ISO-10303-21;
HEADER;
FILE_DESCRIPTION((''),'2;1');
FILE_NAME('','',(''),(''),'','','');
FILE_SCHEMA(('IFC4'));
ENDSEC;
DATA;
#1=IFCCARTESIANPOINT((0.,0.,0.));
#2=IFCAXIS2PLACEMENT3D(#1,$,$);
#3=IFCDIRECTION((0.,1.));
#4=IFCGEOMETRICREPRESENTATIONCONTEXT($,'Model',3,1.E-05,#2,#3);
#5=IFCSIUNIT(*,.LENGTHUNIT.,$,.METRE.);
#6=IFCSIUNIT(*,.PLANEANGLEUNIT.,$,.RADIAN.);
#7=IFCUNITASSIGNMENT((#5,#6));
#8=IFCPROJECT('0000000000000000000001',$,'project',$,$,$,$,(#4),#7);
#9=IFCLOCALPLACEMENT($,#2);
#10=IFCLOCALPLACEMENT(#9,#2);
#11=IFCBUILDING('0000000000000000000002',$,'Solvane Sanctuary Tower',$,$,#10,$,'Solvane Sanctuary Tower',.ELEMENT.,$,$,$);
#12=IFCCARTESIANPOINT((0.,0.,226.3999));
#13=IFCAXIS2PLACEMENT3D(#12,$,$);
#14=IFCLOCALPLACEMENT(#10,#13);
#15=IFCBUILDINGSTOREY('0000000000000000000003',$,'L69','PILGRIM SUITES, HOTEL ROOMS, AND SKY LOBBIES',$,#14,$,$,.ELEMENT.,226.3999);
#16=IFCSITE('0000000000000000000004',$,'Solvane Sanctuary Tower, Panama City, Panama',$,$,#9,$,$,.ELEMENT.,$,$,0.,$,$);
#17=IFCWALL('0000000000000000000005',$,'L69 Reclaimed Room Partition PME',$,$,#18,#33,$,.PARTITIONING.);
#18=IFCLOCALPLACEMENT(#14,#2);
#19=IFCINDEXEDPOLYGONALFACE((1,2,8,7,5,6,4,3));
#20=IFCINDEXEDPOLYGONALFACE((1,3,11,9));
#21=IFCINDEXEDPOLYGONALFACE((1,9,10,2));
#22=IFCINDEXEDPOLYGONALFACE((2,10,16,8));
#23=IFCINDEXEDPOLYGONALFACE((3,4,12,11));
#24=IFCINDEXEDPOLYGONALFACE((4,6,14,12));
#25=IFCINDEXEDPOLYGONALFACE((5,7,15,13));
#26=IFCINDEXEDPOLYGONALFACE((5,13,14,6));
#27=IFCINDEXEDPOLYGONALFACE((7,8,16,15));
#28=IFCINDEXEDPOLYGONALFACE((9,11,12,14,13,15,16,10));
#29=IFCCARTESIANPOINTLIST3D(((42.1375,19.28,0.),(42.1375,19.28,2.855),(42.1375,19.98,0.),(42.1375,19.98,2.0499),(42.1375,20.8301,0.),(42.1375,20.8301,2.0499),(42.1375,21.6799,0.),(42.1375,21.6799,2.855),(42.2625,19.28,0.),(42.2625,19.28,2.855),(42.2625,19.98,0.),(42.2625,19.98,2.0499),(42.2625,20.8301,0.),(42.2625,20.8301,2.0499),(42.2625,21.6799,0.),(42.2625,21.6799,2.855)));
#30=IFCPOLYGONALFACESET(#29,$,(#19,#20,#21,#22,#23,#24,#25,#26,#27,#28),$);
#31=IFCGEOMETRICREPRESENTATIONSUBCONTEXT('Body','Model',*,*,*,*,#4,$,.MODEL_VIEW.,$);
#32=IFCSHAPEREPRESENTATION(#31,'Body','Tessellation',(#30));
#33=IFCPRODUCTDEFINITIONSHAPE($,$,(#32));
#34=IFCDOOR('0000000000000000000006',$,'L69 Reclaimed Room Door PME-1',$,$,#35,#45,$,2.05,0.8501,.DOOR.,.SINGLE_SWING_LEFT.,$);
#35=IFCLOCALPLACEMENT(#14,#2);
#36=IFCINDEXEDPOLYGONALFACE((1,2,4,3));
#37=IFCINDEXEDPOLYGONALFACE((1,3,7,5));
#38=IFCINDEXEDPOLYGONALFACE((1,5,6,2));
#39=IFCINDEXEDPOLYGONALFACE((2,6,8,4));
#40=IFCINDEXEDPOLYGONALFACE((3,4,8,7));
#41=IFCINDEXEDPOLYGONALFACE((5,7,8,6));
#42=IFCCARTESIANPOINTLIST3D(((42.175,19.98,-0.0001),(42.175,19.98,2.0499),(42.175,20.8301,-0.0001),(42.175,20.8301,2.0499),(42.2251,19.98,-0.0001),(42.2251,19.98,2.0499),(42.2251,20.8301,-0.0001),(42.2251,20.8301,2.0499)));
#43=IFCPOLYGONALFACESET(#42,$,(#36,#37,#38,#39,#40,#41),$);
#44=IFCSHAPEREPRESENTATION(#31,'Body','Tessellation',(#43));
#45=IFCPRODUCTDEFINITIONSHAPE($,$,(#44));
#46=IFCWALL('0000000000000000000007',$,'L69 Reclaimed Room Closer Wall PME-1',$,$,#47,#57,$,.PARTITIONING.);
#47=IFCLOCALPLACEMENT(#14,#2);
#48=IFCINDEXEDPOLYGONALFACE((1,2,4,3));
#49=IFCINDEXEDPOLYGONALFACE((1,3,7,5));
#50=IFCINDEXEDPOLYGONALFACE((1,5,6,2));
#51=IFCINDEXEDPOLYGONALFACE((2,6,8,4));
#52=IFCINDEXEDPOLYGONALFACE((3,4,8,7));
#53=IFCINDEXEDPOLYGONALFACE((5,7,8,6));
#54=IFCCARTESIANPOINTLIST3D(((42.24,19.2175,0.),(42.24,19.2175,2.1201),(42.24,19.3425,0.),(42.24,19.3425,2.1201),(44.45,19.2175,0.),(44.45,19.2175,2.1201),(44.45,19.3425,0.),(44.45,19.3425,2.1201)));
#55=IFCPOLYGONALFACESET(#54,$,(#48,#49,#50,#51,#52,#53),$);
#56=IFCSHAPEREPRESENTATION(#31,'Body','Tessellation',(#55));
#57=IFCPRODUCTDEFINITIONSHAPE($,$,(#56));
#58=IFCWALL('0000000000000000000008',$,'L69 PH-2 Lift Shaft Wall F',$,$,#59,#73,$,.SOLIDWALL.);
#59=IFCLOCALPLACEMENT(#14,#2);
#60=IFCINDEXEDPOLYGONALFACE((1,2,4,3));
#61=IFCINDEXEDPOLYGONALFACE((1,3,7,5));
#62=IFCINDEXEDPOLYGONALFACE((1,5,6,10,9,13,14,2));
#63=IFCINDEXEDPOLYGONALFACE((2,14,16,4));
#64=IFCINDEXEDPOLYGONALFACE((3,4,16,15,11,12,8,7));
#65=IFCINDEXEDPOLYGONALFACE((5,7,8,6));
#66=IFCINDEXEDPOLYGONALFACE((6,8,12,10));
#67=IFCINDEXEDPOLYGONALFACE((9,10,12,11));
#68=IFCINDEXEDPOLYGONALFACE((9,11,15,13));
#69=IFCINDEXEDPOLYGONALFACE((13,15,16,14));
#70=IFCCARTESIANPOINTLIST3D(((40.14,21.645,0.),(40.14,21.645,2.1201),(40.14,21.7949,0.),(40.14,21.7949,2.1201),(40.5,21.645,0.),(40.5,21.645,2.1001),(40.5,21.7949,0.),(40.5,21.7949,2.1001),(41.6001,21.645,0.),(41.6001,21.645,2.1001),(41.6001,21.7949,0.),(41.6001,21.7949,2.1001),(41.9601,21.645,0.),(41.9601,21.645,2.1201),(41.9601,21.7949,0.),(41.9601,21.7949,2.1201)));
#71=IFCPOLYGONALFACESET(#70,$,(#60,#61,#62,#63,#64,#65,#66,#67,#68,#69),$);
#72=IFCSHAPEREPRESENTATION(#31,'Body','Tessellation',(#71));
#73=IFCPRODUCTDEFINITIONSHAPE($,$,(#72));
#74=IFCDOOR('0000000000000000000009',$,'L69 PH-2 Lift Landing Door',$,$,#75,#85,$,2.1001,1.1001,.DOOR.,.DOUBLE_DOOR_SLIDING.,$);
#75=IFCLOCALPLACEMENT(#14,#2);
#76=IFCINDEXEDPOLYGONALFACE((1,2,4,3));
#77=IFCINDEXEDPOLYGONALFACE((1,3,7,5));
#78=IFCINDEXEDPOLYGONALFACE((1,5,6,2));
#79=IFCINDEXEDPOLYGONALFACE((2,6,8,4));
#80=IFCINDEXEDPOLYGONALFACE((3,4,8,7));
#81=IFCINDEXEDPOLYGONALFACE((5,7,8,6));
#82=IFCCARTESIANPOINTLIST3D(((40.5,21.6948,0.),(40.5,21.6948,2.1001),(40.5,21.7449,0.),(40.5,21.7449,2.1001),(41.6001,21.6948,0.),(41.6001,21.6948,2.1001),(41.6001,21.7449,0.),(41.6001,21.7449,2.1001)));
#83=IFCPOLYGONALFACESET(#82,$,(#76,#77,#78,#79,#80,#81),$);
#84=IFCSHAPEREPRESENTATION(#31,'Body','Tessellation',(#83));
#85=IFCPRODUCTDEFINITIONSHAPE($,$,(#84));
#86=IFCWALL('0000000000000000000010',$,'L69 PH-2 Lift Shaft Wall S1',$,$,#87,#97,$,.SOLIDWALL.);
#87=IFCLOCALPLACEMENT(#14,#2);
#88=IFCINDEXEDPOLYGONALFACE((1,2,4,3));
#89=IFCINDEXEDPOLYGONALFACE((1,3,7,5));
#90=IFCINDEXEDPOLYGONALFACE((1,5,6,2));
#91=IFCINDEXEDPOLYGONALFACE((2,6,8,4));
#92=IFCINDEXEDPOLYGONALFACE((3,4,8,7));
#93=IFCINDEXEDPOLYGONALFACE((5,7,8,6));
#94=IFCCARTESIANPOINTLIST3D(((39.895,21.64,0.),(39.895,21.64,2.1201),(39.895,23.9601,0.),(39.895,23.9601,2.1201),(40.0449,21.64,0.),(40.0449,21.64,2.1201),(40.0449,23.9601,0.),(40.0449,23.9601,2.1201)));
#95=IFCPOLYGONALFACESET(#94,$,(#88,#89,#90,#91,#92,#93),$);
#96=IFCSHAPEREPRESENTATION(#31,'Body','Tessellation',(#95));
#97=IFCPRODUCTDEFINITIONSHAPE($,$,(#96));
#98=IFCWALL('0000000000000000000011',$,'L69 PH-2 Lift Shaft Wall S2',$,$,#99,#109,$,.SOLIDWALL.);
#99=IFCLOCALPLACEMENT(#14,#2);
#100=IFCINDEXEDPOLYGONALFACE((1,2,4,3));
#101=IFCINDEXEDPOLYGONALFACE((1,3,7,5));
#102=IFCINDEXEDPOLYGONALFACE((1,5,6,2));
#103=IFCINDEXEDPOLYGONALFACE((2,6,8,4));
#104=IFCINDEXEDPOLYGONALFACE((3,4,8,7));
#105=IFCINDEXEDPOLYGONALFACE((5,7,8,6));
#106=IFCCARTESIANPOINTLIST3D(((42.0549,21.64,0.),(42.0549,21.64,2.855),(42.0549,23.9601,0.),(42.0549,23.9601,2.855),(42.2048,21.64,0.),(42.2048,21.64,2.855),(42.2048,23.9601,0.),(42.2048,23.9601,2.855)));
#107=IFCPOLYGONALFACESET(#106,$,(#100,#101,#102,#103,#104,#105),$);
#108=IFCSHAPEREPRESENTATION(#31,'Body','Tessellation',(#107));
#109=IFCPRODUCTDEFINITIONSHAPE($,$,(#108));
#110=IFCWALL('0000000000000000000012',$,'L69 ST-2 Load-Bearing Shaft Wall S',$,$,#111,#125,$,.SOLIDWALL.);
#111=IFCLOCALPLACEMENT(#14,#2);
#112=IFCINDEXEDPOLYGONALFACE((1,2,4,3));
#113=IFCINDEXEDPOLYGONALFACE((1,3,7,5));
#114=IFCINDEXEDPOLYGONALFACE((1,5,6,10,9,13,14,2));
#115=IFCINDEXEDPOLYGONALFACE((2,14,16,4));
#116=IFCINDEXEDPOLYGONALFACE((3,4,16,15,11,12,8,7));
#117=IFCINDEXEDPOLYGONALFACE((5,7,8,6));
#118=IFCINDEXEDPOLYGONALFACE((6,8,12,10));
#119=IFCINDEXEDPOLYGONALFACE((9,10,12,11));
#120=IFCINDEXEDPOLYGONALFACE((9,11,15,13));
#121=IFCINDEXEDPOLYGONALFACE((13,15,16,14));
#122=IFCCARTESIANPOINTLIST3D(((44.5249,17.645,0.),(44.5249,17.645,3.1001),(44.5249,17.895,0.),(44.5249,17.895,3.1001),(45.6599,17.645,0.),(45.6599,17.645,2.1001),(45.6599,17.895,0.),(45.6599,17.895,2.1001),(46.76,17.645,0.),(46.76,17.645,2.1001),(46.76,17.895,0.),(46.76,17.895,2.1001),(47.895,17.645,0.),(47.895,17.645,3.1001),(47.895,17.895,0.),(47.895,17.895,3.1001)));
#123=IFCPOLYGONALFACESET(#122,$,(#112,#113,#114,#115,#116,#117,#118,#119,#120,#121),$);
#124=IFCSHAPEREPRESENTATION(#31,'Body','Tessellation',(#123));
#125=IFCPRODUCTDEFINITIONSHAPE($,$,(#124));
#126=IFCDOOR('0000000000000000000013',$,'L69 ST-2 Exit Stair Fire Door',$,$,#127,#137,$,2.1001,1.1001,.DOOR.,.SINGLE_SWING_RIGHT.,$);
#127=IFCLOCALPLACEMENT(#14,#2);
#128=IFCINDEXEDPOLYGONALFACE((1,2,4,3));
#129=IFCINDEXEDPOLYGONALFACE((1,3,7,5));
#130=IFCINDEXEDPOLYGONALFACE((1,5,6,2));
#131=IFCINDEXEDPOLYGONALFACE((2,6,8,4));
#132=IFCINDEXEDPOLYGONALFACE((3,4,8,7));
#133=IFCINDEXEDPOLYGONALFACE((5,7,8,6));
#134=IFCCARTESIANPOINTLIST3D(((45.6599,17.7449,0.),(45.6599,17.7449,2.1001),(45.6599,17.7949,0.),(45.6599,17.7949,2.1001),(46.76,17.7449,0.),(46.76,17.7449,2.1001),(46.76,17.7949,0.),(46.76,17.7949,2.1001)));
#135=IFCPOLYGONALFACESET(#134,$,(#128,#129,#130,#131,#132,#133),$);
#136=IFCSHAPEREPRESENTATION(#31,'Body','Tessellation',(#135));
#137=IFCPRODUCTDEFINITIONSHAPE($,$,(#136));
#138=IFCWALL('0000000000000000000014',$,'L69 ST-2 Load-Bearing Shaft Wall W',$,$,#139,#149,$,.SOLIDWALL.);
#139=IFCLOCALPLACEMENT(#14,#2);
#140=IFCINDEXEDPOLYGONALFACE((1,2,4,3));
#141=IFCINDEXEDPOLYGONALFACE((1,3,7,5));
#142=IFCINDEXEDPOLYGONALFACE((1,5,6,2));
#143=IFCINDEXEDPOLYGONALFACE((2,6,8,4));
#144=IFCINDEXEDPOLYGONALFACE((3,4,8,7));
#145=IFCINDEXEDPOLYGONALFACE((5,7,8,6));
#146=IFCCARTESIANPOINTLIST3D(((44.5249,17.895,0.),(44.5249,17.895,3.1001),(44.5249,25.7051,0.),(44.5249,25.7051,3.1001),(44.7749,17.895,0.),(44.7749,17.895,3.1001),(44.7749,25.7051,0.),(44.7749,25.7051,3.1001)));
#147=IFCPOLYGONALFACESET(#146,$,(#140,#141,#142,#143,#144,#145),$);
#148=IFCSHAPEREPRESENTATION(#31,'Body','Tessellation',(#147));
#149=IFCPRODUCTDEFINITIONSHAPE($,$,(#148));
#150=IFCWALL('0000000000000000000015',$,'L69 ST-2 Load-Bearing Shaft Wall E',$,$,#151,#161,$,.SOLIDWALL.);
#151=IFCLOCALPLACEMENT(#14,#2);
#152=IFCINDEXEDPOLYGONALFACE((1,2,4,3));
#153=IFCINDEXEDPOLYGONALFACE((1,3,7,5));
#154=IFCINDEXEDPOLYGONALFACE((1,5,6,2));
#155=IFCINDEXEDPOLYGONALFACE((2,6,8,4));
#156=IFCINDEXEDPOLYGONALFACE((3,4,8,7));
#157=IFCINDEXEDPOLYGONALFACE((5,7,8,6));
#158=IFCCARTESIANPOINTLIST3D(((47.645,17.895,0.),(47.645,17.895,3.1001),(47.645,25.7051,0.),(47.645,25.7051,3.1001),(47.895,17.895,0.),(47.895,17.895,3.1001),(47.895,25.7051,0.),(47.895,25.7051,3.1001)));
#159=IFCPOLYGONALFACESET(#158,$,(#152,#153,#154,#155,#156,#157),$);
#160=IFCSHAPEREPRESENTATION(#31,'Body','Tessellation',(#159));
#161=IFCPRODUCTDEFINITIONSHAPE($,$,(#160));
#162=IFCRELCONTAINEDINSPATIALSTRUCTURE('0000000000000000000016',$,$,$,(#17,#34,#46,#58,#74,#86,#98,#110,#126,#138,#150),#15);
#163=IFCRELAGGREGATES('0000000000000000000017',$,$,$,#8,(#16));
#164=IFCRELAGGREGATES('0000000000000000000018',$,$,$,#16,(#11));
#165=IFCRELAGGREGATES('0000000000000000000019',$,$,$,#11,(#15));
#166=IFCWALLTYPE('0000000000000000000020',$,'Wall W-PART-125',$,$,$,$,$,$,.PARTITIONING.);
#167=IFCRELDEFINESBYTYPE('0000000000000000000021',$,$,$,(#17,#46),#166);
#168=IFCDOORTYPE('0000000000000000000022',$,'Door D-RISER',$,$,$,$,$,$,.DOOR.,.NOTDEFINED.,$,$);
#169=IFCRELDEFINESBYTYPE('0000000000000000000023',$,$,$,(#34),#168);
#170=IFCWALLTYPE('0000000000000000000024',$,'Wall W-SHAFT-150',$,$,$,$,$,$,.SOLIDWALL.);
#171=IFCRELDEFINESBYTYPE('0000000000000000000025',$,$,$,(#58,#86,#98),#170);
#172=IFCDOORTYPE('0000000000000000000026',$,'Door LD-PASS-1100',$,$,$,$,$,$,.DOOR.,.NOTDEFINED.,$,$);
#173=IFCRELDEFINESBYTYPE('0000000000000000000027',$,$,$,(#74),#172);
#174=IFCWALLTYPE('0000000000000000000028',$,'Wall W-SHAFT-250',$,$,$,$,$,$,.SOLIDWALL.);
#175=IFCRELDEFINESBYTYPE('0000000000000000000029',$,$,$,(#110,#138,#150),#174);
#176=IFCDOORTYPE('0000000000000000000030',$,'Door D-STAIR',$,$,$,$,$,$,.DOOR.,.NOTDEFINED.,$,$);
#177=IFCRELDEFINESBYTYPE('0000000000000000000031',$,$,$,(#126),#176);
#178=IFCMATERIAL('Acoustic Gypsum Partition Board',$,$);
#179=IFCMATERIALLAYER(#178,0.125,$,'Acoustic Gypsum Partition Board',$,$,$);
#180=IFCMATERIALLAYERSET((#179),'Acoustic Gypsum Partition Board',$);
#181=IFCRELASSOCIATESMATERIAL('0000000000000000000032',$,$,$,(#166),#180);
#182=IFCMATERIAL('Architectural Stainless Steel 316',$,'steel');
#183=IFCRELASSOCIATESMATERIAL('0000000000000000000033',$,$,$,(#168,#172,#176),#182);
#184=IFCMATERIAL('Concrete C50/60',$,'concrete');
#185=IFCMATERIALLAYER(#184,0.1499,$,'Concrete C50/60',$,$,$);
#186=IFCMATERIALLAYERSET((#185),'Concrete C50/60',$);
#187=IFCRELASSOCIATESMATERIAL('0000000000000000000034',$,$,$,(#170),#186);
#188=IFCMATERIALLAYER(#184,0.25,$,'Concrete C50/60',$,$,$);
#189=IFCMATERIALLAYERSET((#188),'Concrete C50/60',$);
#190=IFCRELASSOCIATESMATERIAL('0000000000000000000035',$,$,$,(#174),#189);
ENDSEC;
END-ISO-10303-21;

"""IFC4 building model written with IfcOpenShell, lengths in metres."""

from ifc_helpers import new_model, si_unit, direction, frame, frame_2d, origin, place, context, subcontext, project, spatial, rectangle, extrude, material, layer, layer_set, type_object, element, fill, save


model = new_model("IFC4")

# Units and contexts
model_context = context("Model", 3, precision=1e-05, world=origin(), true_north=direction((0.0, 1.0)))
body_context = subcontext(model_context, "Body", "Model", "MODEL_VIEW")
ifc_project = project(units=[si_unit("LENGTHUNIT", "METRE"), si_unit("PLANEANGLEUNIT", "RADIAN")], contexts=[model_context])

# Site, building, storey
site_placement = place(None, origin())
site = spatial("IfcSite", under=ifc_project, at=site_placement, Name="Solvane Sanctuary Tower, Panama City, Panama", CompositionType="ELEMENT", RefElevation=0.0)
building_placement = place(site_placement, origin())
building = spatial("IfcBuilding", under=site, at=building_placement, Name="Solvane Sanctuary Tower", LongName="Solvane Sanctuary Tower", CompositionType="ELEMENT")
storey_placement = place(building_placement, frame((0.0, 0.0, 226.3999)))
storey = spatial("IfcBuildingStorey", under=building, at=storey_placement, Name="L69", Description="PILGRIM SUITES, HOTEL ROOMS, AND SKY LOBBIES", CompositionType="ELEMENT", Elevation=226.3999)

# Shared definitions
ifc_material_1 = material(Name="Acoustic Gypsum Partition Board")

# Wall, opening, door
ifc_layer_1 = layer(ifc_material_1, 0.125, Name="Acoustic Gypsum Partition Board")
ifc_layer_set_1 = layer_set([ifc_layer_1], Name="Acoustic Gypsum Partition Board")
wall_type_1 = type_object("IfcWallType", Name="Wall W-PART-125", PredefinedType="PARTITIONING", material=ifc_layer_set_1)
ifc_material_2 = material(Name="Architectural Stainless Steel 316", Category="steel")
door_type_1 = type_object("IfcDoorType", Name="Door D-RISER", OperationType="NOTDEFINED", PredefinedType="DOOR", material=ifc_material_2)
wall_1_placement = place(storey_placement, frame((42.2, 19.28, 0.0), z_axis=(0.0, 0.0, 1.0), x_axis=(0.0, 1.0, 0.0)))
wall_1 = element("IfcWall", 1, at=wall_1_placement, inside=storey, type_object=wall_type_1, Name="L69 Reclaimed Room Partition PME", PredefinedType="PARTITIONING", context=body_context, shape_type="SweptSolid", body=[
    extrude(rectangle(XDim=2.3999, YDim=0.125, at=frame_2d((1.2, 0.0))), origin(), (0.0, 0.0, 1.0), 2.855),
])
opening_1_placement = place(wall_1_placement, frame((0.7, 0.0, 0.0)))
opening_1 = element("IfcOpeningElement", 2, at=opening_1_placement, cuts=wall_1, PredefinedType="OPENING", context=body_context, shape_type="SweptSolid", body=[
    extrude(rectangle(XDim=0.8501, YDim=2.05, at=frame_2d((0.425, 1.0249))), frame((0.0, 0.0725, 0.0), z_axis=(0.0, -1.0, 0.0), x_axis=(1.0, 0.0, 0.0)), (0.0, 0.0, 1.0), 0.145),
])
door_1_placement = place(opening_1_placement, origin())
door_1 = element("IfcDoor", 3, at=door_1_placement, inside=storey, type_object=door_type_1, Name="L69 Reclaimed Room Door PME-1", OperationType="SINGLE_SWING_LEFT", OverallHeight=2.05, OverallWidth=0.8501, PredefinedType="DOOR", context=body_context, shape_type="SweptSolid", body=[
    extrude(rectangle(XDim=0.8501, YDim=2.05, at=frame_2d((0.425, 1.0249))), frame((0.0, 0.0249, 0.0), z_axis=(0.0, -1.0, 0.0), x_axis=(1.0, 0.0, 0.0)), (0.0, 0.0, 1.0), 0.05),
])
fill(opening_1, door_1)

# Wall
wall_2_placement = place(storey_placement, frame((42.24, 19.28, 0.0), z_axis=(0.0, 0.0, 1.0), x_axis=(1.0, 0.0, 0.0)))
element("IfcWall", 4, at=wall_2_placement, inside=storey, type_object=wall_type_1, Name="L69 Reclaimed Room Closer Wall PME-1", PredefinedType="PARTITIONING", context=body_context, shape_type="SweptSolid", body=[
    extrude(rectangle(XDim=2.21, YDim=0.125, at=frame_2d((1.105, 0.0))), origin(), (0.0, 0.0, 1.0), 2.1201),
])

# Wall, opening, door
ifc_material_3 = material(Name="Concrete C50/60", Category="concrete")
ifc_layer_2 = layer(ifc_material_3, 0.1499, Name="Concrete C50/60")
ifc_layer_set_2 = layer_set([ifc_layer_2], Name="Concrete C50/60")
wall_type_2 = type_object("IfcWallType", Name="Wall W-SHAFT-150", PredefinedType="SOLIDWALL", material=ifc_layer_set_2)
wall_3_placement = place(storey_placement, frame((40.1399, 21.72, 0.0), z_axis=(0.0, 0.0, 1.0), x_axis=(1.0, 0.0, 0.0)))
wall_3 = element("IfcWall", 5, at=wall_3_placement, inside=storey, type_object=wall_type_2, Name="L69 PH-2 Lift Shaft Wall F", PredefinedType="SOLIDWALL", context=body_context, shape_type="SweptSolid", body=[
    extrude(rectangle(XDim=1.8201, YDim=0.1499, at=frame_2d((0.9102, 0.0))), origin(), (0.0, 0.0, 1.0), 2.1201),
])
opening_2_placement = place(wall_3_placement, frame((0.3601, 0.0, 0.0)))
opening_2 = element("IfcOpeningElement", 6, at=opening_2_placement, cuts=wall_3, PredefinedType="OPENING", context=body_context, shape_type="SweptSolid", body=[
    extrude(rectangle(XDim=1.1001, YDim=2.1001, at=frame_2d((0.55, 1.05))), frame((0.0, 0.085, 0.0), z_axis=(0.0, -1.0, 0.0), x_axis=(1.0, 0.0, 0.0)), (0.0, 0.0, 1.0), 0.1699),
])
door_type_2 = type_object("IfcDoorType", Name="Door LD-PASS-1100", OperationType="NOTDEFINED", PredefinedType="DOOR", material=ifc_material_2)
door_2_placement = place(opening_2_placement, origin())
door_2 = element("IfcDoor", 7, at=door_2_placement, inside=storey, type_object=door_type_2, Name="L69 PH-2 Lift Landing Door", OperationType="DOUBLE_DOOR_SLIDING", OverallHeight=2.1001, OverallWidth=1.1001, PredefinedType="DOOR", context=body_context, shape_type="SweptSolid", body=[
    extrude(rectangle(XDim=1.1001, YDim=2.1001, at=frame_2d((0.55, 1.05))), frame((0.0, 0.0249, 0.0), z_axis=(0.0, -1.0, 0.0), x_axis=(1.0, 0.0, 0.0)), (0.0, 0.0, 1.0), 0.05),
])
fill(opening_2, door_2)

# Walls
wall_4_placement = place(storey_placement, frame((39.97, 21.6399, 0.0), z_axis=(0.0, 0.0, 1.0), x_axis=(0.0, 1.0, 0.0)))
element("IfcWall", 8, at=wall_4_placement, inside=storey, type_object=wall_type_2, Name="L69 PH-2 Lift Shaft Wall S1", PredefinedType="SOLIDWALL", context=body_context, shape_type="SweptSolid", body=[
    extrude(rectangle(XDim=2.3201, YDim=0.1499, at=frame_2d((1.1602, 0.0))), origin(), (0.0, 0.0, 1.0), 2.1201),
])
wall_5_placement = place(storey_placement, frame((42.1299, 21.6399, 0.0), z_axis=(0.0, 0.0, 1.0), x_axis=(0.0, 1.0, 0.0)))
element("IfcWall", 9, at=wall_5_placement, inside=storey, type_object=wall_type_2, Name="L69 PH-2 Lift Shaft Wall S2", PredefinedType="SOLIDWALL", context=body_context, shape_type="SweptSolid", body=[
    extrude(rectangle(XDim=2.3201, YDim=0.1499, at=frame_2d((1.1602, 0.0))), origin(), (0.0, 0.0, 1.0), 2.855),
])

# Wall, opening, door
ifc_layer_3 = layer(ifc_material_3, 0.25, Name="Concrete C50/60")
ifc_layer_set_3 = layer_set([ifc_layer_3], Name="Concrete C50/60")
wall_type_3 = type_object("IfcWallType", Name="Wall W-SHAFT-250", PredefinedType="SOLIDWALL", material=ifc_layer_set_3)
wall_6_placement = place(storey_placement, frame((44.5249, 17.77, 0.0), z_axis=(0.0, 0.0, 1.0), x_axis=(1.0, 0.0, 0.0)))
wall_6 = element("IfcWall", 10, at=wall_6_placement, inside=storey, type_object=wall_type_3, Name="L69 ST-2 Load-Bearing Shaft Wall S", PredefinedType="SOLIDWALL", context=body_context, shape_type="SweptSolid", body=[
    extrude(rectangle(XDim=3.3701, YDim=0.25, at=frame_2d((1.6851, 0.0))), origin(), (0.0, 0.0, 1.0), 3.1001),
])
opening_3_placement = place(wall_6_placement, frame((1.135, 0.0, 0.0)))
opening_3 = element("IfcOpeningElement", 11, at=opening_3_placement, cuts=wall_6, PredefinedType="OPENING", context=body_context, shape_type="SweptSolid", body=[
    extrude(rectangle(XDim=1.1001, YDim=2.1001, at=frame_2d((0.55, 1.05))), frame((0.0, 0.135, 0.0), z_axis=(0.0, -1.0, 0.0), x_axis=(1.0, 0.0, 0.0)), (0.0, 0.0, 1.0), 0.27),
])
door_type_3 = type_object("IfcDoorType", Name="Door D-STAIR", OperationType="NOTDEFINED", PredefinedType="DOOR", material=ifc_material_2)
door_3_placement = place(opening_3_placement, origin())
door_3 = element("IfcDoor", 12, at=door_3_placement, inside=storey, type_object=door_type_3, Name="L69 ST-2 Exit Stair Fire Door", OperationType="SINGLE_SWING_RIGHT", OverallHeight=2.1001, OverallWidth=1.1001, PredefinedType="DOOR", context=body_context, shape_type="SweptSolid", body=[
    extrude(rectangle(XDim=1.1001, YDim=2.1001, at=frame_2d((0.55, 1.05))), frame((0.0, 0.0249, 0.0), z_axis=(0.0, -1.0, 0.0), x_axis=(1.0, 0.0, 0.0)), (0.0, 0.0, 1.0), 0.05),
])
fill(opening_3, door_3)

# Walls
for number, where, z_axis, x_axis, name in (
    (13, (44.6499, 17.895, 0.0), (0.0, 0.0, 1.0), (0.0, 1.0, 0.0), "L69 ST-2 Load-Bearing Shaft Wall W"),
    (14, (47.77, 17.895, 0.0), (0.0, 0.0, 1.0), (0.0, 1.0, 0.0), "L69 ST-2 Load-Bearing Shaft Wall E"),
):
    element("IfcWall", number, at=place(storey_placement, frame(where, z_axis=z_axis, x_axis=x_axis)), inside=storey, type_object=wall_type_3, Name=name, PredefinedType="SOLIDWALL", context=body_context, shape_type="SweptSolid", body=[
        extrude(rectangle(XDim=7.8101, YDim=0.25, at=frame_2d((3.905, 0.0))), origin(), (0.0, 0.0, 1.0), 3.1001),
    ])

save(model, "model.ifc")
